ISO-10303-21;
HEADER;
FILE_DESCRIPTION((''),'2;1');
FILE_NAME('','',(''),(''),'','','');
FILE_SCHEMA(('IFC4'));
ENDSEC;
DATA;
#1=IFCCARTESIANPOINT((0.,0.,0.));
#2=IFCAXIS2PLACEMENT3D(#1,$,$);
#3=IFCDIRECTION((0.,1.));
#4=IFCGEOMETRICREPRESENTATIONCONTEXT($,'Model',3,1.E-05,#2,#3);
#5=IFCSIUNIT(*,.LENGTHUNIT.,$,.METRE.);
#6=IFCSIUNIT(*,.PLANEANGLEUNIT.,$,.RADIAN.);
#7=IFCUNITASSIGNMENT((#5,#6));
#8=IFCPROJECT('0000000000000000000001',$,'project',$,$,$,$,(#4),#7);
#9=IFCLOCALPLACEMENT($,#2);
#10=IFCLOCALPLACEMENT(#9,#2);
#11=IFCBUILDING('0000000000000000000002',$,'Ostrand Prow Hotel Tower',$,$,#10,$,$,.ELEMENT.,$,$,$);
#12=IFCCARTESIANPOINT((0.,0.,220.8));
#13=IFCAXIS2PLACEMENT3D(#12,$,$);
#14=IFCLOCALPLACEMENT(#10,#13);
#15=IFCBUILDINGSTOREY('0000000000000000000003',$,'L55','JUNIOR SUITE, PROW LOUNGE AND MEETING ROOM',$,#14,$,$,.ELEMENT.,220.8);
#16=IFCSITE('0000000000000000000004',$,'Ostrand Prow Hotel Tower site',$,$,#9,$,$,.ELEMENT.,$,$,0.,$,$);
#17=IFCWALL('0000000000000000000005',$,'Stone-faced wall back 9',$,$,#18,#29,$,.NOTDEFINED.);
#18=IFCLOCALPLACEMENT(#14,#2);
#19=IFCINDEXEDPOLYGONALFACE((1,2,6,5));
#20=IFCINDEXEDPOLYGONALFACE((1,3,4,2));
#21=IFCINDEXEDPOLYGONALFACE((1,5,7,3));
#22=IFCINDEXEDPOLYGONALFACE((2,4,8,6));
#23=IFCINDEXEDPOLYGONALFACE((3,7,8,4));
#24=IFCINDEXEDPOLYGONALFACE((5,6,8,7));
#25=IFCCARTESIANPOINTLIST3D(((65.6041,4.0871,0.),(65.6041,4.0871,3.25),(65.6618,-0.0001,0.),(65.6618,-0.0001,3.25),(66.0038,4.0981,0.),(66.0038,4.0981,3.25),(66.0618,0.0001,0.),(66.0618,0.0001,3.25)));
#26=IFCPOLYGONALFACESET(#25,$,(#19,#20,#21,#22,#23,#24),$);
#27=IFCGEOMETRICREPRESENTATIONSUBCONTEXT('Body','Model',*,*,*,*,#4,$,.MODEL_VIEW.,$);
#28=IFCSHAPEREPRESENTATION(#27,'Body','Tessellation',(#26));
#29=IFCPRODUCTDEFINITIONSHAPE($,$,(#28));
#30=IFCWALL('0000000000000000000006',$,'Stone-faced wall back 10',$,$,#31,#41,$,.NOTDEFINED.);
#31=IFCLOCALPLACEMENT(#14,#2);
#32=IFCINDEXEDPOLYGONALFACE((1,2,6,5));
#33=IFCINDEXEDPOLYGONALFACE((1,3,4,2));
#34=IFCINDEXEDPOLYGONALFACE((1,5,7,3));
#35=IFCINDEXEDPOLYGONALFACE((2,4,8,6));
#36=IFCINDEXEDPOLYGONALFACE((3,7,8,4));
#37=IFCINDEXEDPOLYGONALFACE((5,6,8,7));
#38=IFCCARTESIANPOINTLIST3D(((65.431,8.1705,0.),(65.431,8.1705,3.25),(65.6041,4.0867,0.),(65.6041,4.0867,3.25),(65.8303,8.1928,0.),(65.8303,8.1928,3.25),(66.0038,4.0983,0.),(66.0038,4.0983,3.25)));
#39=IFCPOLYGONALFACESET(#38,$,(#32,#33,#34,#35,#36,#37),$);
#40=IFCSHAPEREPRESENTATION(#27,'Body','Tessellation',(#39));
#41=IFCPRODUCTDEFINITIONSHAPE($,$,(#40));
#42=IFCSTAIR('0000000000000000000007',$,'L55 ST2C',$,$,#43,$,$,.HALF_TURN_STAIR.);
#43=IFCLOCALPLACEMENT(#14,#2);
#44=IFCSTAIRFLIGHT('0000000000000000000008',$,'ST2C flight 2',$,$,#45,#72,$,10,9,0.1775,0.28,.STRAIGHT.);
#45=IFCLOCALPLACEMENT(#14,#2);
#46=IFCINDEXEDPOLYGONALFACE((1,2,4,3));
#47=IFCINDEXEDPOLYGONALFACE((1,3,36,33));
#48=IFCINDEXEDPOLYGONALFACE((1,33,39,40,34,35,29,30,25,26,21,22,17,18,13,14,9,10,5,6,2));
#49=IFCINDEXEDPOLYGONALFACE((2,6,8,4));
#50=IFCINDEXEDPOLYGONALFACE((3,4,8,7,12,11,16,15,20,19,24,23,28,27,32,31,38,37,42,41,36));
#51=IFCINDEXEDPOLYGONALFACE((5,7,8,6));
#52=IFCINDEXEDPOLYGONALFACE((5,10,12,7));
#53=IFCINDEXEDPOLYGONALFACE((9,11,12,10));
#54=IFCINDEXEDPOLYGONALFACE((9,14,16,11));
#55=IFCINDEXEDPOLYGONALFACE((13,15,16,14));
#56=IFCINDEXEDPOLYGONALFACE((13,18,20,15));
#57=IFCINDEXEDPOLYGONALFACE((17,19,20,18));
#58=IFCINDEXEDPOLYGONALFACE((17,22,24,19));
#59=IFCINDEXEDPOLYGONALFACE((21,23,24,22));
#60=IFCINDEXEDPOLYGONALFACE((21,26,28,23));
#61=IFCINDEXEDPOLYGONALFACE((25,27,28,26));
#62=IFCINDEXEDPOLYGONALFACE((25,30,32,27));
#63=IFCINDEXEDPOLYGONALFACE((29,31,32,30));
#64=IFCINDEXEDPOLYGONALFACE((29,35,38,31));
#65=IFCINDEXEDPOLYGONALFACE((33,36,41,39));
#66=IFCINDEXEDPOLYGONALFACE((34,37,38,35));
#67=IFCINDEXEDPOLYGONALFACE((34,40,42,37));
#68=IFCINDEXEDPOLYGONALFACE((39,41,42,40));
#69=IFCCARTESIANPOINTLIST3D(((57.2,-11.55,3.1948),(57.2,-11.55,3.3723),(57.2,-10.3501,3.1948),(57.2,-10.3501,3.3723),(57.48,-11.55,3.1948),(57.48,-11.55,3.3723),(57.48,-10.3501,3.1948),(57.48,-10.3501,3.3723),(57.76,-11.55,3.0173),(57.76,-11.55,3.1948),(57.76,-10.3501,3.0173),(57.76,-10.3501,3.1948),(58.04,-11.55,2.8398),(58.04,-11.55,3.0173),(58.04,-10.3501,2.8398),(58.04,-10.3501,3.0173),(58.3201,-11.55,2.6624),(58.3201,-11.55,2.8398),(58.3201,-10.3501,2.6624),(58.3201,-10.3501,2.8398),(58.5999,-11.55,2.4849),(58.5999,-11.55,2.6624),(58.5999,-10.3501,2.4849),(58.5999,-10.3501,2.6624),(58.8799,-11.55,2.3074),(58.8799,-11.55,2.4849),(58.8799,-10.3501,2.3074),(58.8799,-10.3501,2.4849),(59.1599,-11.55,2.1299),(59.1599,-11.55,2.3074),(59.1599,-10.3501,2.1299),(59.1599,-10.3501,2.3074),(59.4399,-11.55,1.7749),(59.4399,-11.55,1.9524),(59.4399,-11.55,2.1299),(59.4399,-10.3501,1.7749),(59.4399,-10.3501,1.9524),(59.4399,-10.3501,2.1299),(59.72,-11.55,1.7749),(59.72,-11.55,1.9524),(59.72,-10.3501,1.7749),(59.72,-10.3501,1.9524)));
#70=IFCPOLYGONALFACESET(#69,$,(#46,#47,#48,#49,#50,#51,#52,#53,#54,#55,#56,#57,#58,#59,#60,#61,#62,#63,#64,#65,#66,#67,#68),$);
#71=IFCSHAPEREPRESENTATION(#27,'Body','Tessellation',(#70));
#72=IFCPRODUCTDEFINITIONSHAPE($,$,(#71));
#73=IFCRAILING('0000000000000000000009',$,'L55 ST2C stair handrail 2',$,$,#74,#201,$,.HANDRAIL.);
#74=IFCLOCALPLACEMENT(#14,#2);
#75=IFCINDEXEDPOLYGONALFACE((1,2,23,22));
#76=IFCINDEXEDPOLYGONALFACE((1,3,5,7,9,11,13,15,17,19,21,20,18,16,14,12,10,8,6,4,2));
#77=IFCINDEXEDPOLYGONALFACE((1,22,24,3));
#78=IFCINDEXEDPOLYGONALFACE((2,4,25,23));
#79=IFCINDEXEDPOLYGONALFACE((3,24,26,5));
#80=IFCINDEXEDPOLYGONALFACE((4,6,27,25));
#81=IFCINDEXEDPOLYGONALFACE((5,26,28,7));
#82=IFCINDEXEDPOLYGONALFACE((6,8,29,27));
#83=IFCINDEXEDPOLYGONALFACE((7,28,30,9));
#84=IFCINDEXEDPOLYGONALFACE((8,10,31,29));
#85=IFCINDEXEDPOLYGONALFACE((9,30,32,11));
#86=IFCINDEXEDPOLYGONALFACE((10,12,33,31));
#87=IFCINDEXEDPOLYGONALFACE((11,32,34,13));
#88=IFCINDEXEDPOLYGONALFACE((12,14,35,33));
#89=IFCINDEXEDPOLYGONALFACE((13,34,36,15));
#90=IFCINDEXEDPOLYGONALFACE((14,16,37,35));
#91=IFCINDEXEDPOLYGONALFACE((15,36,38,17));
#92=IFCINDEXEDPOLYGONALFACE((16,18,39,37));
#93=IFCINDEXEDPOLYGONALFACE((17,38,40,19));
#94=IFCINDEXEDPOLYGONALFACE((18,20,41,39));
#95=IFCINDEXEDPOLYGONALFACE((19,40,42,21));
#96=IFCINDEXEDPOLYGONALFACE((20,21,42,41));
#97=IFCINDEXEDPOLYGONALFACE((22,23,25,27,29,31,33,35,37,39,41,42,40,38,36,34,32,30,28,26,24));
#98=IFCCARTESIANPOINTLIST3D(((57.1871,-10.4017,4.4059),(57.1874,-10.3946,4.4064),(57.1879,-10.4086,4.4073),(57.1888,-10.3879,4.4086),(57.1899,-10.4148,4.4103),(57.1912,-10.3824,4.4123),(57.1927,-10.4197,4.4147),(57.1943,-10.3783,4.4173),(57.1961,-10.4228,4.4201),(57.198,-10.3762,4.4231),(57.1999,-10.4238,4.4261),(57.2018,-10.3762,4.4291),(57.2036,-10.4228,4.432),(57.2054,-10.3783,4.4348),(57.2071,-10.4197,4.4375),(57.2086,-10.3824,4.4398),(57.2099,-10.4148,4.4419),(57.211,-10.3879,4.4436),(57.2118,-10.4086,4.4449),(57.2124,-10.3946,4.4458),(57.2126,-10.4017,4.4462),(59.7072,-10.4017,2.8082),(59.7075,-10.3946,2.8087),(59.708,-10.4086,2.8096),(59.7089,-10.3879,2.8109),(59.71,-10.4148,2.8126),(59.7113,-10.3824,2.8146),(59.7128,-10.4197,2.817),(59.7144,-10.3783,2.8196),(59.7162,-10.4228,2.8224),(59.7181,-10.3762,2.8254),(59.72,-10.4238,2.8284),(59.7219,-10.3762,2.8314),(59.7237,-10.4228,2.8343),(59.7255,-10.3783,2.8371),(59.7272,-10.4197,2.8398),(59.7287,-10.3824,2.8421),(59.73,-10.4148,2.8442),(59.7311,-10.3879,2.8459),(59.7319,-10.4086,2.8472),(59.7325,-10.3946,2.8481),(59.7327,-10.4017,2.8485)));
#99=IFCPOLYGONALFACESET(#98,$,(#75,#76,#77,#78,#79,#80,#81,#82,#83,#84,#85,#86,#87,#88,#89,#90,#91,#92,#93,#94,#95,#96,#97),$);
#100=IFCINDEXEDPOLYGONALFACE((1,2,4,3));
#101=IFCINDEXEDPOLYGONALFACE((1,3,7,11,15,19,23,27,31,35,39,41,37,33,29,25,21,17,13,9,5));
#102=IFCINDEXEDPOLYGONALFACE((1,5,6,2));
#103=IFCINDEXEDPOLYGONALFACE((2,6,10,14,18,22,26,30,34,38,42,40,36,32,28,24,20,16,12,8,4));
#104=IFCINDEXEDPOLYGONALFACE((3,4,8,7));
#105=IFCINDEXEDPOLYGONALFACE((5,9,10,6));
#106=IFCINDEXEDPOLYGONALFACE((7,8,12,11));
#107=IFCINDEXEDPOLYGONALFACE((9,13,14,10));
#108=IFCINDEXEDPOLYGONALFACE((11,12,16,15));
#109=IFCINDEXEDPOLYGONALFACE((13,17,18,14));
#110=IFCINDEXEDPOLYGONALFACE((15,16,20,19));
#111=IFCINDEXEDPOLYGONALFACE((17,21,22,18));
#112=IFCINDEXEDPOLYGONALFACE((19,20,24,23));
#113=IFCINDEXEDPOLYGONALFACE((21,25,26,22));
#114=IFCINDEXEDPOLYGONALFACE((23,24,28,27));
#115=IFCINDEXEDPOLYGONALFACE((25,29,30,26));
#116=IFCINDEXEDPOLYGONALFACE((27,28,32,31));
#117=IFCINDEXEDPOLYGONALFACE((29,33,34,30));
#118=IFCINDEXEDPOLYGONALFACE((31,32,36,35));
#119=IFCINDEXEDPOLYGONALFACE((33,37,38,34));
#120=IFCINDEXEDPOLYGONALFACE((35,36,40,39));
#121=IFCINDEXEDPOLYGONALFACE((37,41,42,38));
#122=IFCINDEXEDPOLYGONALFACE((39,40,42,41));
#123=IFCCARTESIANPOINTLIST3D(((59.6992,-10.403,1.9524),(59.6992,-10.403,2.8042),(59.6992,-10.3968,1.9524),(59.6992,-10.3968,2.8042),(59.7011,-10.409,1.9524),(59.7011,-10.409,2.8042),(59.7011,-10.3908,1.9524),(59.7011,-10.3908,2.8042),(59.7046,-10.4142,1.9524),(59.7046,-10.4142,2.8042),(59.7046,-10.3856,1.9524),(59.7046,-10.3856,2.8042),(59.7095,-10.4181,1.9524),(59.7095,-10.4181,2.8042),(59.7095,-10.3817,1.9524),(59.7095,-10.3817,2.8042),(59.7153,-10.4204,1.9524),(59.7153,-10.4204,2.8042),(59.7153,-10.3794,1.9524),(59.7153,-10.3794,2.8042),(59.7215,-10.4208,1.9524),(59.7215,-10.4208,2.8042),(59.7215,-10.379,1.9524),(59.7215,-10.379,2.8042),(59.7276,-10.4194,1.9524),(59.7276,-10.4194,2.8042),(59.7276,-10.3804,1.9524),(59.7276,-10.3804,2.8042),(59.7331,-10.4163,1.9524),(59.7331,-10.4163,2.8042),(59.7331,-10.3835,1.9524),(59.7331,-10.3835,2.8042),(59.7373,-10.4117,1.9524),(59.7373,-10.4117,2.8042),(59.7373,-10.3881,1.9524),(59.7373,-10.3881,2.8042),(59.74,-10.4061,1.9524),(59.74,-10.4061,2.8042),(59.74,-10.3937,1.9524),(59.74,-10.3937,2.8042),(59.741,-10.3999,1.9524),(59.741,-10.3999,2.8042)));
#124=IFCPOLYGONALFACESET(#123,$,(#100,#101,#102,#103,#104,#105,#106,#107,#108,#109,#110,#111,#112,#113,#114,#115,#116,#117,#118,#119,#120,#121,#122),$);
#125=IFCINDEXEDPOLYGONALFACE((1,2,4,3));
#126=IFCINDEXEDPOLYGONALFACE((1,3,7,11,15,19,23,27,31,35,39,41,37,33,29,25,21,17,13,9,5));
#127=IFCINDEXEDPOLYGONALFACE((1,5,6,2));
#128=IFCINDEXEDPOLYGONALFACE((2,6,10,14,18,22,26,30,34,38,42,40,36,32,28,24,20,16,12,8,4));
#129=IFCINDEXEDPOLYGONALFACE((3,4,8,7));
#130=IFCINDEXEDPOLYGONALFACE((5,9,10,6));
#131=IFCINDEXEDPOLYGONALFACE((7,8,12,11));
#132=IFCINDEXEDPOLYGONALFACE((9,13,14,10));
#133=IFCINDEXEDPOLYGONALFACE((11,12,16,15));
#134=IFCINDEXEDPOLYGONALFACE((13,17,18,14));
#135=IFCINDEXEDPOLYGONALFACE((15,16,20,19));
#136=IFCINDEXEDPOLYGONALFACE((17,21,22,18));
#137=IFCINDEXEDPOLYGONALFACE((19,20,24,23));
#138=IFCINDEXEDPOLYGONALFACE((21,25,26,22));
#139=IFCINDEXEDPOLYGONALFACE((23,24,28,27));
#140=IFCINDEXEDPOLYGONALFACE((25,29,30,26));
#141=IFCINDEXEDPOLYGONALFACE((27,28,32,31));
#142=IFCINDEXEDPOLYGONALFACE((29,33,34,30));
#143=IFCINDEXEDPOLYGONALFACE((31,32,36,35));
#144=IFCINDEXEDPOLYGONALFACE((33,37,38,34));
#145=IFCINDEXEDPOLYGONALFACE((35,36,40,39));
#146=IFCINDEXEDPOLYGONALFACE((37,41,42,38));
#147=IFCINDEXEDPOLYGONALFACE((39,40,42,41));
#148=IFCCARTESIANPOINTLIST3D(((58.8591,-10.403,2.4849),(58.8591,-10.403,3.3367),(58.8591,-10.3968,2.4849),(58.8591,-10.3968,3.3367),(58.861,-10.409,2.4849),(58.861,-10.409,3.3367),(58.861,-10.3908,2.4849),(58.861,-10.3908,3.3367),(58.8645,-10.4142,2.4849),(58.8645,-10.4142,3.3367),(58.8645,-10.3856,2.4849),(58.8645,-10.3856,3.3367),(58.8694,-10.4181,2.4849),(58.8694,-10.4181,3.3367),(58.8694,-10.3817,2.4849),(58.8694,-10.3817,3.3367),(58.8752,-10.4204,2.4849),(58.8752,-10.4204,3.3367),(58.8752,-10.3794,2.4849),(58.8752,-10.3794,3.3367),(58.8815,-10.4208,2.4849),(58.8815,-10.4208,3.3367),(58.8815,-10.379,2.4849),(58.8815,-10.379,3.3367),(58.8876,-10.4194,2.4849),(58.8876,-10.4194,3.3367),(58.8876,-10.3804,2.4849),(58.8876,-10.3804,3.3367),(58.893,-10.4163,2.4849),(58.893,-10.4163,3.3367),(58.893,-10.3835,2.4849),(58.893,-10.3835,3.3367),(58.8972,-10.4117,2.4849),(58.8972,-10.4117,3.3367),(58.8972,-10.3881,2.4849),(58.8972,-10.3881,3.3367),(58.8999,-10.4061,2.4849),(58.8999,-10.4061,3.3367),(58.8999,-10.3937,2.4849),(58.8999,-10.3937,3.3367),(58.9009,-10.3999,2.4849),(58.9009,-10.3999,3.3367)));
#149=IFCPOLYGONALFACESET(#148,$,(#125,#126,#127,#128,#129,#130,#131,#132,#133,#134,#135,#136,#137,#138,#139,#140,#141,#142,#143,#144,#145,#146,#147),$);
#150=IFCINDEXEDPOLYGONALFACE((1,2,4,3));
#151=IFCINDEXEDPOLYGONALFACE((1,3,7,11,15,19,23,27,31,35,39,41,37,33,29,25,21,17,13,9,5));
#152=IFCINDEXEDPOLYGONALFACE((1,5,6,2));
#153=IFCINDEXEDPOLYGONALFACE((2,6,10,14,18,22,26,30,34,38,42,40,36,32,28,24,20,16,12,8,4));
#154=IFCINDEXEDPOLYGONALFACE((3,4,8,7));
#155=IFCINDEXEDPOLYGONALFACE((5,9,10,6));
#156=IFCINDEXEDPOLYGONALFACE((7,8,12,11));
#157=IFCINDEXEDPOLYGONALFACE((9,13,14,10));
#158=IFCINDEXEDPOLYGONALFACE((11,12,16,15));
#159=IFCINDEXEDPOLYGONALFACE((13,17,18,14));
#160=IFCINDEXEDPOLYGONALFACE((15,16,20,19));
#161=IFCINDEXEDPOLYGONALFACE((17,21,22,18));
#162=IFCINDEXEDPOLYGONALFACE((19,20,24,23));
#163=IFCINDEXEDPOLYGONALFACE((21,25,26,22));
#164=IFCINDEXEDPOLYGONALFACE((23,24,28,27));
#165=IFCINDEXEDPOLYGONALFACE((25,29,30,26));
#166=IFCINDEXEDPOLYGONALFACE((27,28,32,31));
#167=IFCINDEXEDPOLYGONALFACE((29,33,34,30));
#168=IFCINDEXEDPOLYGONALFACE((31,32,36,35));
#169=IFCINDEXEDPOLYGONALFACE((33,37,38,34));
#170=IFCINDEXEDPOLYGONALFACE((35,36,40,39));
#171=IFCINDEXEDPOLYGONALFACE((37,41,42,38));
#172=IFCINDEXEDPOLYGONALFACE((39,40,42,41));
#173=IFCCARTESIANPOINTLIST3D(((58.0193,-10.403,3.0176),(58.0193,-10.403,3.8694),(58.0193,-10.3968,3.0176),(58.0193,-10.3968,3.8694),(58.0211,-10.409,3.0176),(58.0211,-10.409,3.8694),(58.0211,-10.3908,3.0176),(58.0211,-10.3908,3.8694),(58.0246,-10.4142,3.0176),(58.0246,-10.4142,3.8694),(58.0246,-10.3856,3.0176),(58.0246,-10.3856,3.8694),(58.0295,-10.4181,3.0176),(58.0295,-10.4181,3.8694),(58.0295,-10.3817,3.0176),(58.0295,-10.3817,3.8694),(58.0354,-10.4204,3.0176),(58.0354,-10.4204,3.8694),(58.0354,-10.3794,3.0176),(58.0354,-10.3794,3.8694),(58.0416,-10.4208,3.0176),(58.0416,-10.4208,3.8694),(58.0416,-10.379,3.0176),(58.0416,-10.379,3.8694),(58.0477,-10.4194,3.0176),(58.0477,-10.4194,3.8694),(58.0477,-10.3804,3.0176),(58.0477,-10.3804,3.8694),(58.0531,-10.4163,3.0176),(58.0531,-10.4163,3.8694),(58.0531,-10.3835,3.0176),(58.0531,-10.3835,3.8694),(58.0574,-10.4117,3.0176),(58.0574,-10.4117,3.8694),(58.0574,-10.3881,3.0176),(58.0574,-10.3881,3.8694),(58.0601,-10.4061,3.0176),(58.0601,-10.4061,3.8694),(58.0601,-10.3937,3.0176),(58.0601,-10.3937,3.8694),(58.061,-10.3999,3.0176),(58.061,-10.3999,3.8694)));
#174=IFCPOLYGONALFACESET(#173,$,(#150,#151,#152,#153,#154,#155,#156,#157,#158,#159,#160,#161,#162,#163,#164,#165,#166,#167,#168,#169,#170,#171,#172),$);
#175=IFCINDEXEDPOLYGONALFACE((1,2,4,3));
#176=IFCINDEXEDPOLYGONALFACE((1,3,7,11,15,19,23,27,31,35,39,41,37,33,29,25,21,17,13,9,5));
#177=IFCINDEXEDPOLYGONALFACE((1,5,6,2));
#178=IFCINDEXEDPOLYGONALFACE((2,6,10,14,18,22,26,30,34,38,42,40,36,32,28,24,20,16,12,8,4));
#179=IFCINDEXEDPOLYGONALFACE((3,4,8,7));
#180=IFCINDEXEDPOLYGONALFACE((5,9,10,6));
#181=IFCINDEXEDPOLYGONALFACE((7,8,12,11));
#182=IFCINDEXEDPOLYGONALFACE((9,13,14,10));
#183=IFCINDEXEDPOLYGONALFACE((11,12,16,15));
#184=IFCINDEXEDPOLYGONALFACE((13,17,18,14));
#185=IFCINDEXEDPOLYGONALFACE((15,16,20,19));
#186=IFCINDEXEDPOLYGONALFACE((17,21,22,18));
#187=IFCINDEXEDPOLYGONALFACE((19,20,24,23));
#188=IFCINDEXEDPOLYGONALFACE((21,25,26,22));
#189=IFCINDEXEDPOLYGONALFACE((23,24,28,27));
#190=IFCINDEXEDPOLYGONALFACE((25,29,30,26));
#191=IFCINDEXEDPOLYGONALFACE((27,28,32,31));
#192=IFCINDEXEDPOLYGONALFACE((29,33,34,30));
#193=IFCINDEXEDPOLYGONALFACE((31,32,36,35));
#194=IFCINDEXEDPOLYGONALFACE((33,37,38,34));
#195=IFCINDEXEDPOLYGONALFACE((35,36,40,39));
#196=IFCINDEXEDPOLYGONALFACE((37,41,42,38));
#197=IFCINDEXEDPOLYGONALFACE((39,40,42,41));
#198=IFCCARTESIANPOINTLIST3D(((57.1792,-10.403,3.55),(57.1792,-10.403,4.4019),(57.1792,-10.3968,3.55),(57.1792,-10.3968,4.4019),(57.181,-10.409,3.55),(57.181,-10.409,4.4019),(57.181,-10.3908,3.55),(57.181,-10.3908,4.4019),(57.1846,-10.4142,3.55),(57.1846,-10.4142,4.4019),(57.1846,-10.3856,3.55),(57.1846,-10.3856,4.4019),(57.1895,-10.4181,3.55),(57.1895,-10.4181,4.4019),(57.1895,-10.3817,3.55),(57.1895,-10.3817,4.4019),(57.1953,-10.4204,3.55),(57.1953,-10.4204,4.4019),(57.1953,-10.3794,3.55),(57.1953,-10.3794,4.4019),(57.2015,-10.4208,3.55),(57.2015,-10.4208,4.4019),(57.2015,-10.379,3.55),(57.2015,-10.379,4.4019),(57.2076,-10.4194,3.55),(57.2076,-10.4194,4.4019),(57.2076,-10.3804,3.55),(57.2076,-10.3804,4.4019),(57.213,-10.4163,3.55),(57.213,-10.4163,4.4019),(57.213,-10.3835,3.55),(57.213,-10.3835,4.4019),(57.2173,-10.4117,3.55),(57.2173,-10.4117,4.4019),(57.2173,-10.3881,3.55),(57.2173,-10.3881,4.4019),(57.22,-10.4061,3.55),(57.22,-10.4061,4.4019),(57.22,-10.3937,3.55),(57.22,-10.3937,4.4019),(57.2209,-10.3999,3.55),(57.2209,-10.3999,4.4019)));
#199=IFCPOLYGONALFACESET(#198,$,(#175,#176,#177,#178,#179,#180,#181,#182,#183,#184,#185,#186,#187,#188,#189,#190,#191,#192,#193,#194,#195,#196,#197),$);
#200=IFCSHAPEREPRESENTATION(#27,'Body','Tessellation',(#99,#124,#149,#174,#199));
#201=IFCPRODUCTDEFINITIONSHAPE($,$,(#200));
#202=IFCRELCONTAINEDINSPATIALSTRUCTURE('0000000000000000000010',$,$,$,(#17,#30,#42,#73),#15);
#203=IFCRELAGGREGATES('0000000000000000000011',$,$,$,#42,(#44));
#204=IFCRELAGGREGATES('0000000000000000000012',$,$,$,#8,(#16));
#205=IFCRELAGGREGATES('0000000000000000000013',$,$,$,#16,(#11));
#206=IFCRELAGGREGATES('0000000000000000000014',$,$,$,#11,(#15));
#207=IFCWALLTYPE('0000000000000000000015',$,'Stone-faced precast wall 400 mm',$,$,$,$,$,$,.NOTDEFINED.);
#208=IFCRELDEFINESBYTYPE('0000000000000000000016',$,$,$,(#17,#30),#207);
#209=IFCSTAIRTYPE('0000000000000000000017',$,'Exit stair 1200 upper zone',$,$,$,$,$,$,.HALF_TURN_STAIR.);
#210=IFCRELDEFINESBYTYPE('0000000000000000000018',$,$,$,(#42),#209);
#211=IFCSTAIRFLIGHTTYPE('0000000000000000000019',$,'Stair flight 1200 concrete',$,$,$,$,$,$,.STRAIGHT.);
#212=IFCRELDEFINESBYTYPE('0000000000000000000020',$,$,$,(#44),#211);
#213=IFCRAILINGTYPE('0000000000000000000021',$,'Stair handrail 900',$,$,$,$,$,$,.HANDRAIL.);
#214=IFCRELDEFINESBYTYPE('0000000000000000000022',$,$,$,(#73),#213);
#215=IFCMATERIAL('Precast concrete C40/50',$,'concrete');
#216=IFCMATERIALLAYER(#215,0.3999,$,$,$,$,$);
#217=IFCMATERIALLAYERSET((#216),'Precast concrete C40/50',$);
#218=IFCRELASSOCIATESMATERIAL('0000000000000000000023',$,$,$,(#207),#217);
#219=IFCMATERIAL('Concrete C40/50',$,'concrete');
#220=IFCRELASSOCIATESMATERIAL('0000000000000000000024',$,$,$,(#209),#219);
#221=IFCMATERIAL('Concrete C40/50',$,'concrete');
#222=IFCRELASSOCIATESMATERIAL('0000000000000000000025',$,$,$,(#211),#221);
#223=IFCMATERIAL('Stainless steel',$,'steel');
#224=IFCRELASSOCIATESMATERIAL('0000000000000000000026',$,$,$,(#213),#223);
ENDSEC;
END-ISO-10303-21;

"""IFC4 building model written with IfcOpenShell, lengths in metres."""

from ifc_helpers import new_model, si_unit, direction, frame, origin, origin_2d, place, context, subcontext, project, spatial, polyline, circle, outline, extrude, material, layer, layer_set, type_object, element, aggregate, save


model = new_model("IFC4")

# Units and contexts
model_context = context("Model", 3, precision=1e-05, world=origin(), true_north=direction((0.0, 1.0)))
body_context = subcontext(model_context, "Body", "Model", "MODEL_VIEW")
ifc_project = project(units=[si_unit("LENGTHUNIT", "METRE"), si_unit("PLANEANGLEUNIT", "RADIAN")], contexts=[model_context])

# Site, building, storey
site_placement = place(None, origin())
site = spatial("IfcSite", under=ifc_project, at=site_placement, Name="Ostrand Prow Hotel Tower site", CompositionType="ELEMENT", RefElevation=0.0)
building_placement = place(site_placement, origin())
building = spatial("IfcBuilding", under=site, at=building_placement, Name="Ostrand Prow Hotel Tower", CompositionType="ELEMENT")
storey_placement = place(building_placement, frame((0.0, 0.0, 220.8)))
storey = spatial("IfcBuildingStorey", under=building, at=storey_placement, Name="L55", Description="JUNIOR SUITE, PROW LOUNGE AND MEETING ROOM", CompositionType="ELEMENT", Elevation=220.8)

# Walls
ifc_material_1 = material(Name="Precast concrete C40/50", Category="concrete")
ifc_layer_1 = layer(ifc_material_1, 0.3999)
ifc_layer_set_1 = layer_set([ifc_layer_1], Name="Precast concrete C40/50")
wall_type_1 = type_object("IfcWallType", Name="Stone-faced precast wall 400 mm", PredefinedType="NOTDEFINED", material=ifc_layer_set_1)
for number, where, z_axis, x_axis, name in (
    (1, (65.8618, 0.0, 0.0), (0.0, 0.0, 1.0), (-0.014137, 0.9999, 0.0), "Stone-faced wall back 9"),
):
    element("IfcWall", number, at=place(storey_placement, frame(where, z_axis=z_axis, x_axis=x_axis)), inside=storey, type_object=wall_type_1, Name=name, PredefinedType="NOTDEFINED", context=body_context, shape_type="SweptSolid", body=[
        extrude(outline(polyline([(-0.0027, -0.2), (4.0957, -0.2), (4.0903, 0.2), (0.0027, 0.2), (-0.0027, -0.2)])), origin(), (0.0, 0.0, 1.0), 3.25),
    ])
wall_1_placement = place(storey_placement, frame((65.804, 4.0925, 0.0), z_axis=(0.0, 0.0, 1.0), x_axis=(-0.042353, 0.999103, 0.0)))
element("IfcWall", 2, at=wall_1_placement, inside=storey, type_object=wall_type_1, Name="Stone-faced wall back 10", PredefinedType="NOTDEFINED", context=body_context, shape_type="SweptSolid", body=[
    extrude(outline(polyline([(-0.0027, -0.2), (4.0955, -0.2), (4.0901, 0.2), (0.0027, 0.2), (-0.0027, -0.2)])), origin(), (0.0, 0.0, 1.0), 3.25),
])

# Stair, stair flight
ifc_material_2 = material(Name="Concrete C40/50", Category="concrete")
stair_type = type_object("IfcStairType", Name="Exit stair 1200 upper zone", PredefinedType="HALF_TURN_STAIR", material=ifc_material_2)
stair_placement = place(storey_placement, origin())
stair = element("IfcStair", 3, at=stair_placement, inside=storey, type_object=stair_type, Name="L55 ST2C", PredefinedType="HALF_TURN_STAIR")
ifc_material_3 = material(Name="Concrete C40/50", Category="concrete")
stair_flight_type = type_object("IfcStairFlightType", Name="Stair flight 1200 concrete", PredefinedType="STRAIGHT", material=ifc_material_3)
stair_flight_placement = place(storey_placement, frame((59.72, -10.95, 1.7749), z_axis=(0.0, 0.0, 1.0), x_axis=(-1.0, 0.0, 0.0)))
stair_flight = element("IfcStairFlight", 4, at=stair_flight_placement, type_object=stair_flight_type, Name="ST2C flight 2", NumberOfRisers=10, NumberOfTreads=9, PredefinedType="STRAIGHT", RiserHeight=0.1775, TreadLength=0.28, context=body_context, shape_type="SweptSolid", body=[
    extrude(outline(polyline([(0.0, 0.0), (0.0, 0.1775), (0.28, 0.1775), (0.28, 0.355), (0.5601, 0.355), (0.5601, 0.5325), (0.8401, 0.5325), (0.8401, 0.71), (1.1201, 0.71), (1.1201, 0.8875), (1.3999, 0.8875), (1.3999, 1.0649), (1.6799, 1.0649), (1.6799, 1.2424), (1.96, 1.2424), (1.96, 1.4199), (2.24, 1.4199), (2.24, 1.5974), (2.52, 1.5974), (2.52, 1.7749), (2.52, 1.4199), (0.28, 0.0), (0.0, 0.0)])), frame((0.0, 0.6001, 0.0), z_axis=(0.0, -1.0, 0.0), x_axis=(1.0, 0.0, 0.0)), (0.0, 0.0, 1.0), 1.2),
])
aggregate(stair, [stair_flight])

# Railing
ifc_material_4 = material(Name="Stainless steel", Category="steel")
railing_type = type_object("IfcRailingType", Name="Stair handrail 900", PredefinedType="HANDRAIL", material=ifc_material_4)
railing_placement = place(storey_placement, frame((59.72, -10.3999, 1.9524)))
element("IfcRailing", 5, at=railing_placement, inside=storey, type_object=railing_type, Name="L55 ST2C stair handrail 2", PredefinedType="HANDRAIL", context=body_context, shape_type="SweptSolid", body=[
    extrude(circle(Radius=0.0239, at=origin_2d()), frame((0.0, 0.0, 0.876), z_axis=(-0.84457, 0.0, 0.535445), x_axis=(0.0, -1.0, 0.0)), (0.0, 0.0, 1.0), 2.9839),
    extrude(circle(Radius=0.021, at=origin_2d()), origin(), (0.0, 0.0, 1.0), 0.8518),
    extrude(circle(Radius=0.021, at=origin_2d()), frame((-0.8401, 0.0, 0.5325)), (0.0, 0.0, 1.0), 0.8518),
    extrude(circle(Radius=0.021, at=origin_2d()), frame((-1.6799, 0.0, 1.0652)), (0.0, 0.0, 1.0), 0.8518),
    extrude(circle(Radius=0.021, at=origin_2d()), frame((-2.52, 0.0, 1.5977)), (0.0, 0.0, 1.0), 0.8518),
])

save(model, "model.ifc")
